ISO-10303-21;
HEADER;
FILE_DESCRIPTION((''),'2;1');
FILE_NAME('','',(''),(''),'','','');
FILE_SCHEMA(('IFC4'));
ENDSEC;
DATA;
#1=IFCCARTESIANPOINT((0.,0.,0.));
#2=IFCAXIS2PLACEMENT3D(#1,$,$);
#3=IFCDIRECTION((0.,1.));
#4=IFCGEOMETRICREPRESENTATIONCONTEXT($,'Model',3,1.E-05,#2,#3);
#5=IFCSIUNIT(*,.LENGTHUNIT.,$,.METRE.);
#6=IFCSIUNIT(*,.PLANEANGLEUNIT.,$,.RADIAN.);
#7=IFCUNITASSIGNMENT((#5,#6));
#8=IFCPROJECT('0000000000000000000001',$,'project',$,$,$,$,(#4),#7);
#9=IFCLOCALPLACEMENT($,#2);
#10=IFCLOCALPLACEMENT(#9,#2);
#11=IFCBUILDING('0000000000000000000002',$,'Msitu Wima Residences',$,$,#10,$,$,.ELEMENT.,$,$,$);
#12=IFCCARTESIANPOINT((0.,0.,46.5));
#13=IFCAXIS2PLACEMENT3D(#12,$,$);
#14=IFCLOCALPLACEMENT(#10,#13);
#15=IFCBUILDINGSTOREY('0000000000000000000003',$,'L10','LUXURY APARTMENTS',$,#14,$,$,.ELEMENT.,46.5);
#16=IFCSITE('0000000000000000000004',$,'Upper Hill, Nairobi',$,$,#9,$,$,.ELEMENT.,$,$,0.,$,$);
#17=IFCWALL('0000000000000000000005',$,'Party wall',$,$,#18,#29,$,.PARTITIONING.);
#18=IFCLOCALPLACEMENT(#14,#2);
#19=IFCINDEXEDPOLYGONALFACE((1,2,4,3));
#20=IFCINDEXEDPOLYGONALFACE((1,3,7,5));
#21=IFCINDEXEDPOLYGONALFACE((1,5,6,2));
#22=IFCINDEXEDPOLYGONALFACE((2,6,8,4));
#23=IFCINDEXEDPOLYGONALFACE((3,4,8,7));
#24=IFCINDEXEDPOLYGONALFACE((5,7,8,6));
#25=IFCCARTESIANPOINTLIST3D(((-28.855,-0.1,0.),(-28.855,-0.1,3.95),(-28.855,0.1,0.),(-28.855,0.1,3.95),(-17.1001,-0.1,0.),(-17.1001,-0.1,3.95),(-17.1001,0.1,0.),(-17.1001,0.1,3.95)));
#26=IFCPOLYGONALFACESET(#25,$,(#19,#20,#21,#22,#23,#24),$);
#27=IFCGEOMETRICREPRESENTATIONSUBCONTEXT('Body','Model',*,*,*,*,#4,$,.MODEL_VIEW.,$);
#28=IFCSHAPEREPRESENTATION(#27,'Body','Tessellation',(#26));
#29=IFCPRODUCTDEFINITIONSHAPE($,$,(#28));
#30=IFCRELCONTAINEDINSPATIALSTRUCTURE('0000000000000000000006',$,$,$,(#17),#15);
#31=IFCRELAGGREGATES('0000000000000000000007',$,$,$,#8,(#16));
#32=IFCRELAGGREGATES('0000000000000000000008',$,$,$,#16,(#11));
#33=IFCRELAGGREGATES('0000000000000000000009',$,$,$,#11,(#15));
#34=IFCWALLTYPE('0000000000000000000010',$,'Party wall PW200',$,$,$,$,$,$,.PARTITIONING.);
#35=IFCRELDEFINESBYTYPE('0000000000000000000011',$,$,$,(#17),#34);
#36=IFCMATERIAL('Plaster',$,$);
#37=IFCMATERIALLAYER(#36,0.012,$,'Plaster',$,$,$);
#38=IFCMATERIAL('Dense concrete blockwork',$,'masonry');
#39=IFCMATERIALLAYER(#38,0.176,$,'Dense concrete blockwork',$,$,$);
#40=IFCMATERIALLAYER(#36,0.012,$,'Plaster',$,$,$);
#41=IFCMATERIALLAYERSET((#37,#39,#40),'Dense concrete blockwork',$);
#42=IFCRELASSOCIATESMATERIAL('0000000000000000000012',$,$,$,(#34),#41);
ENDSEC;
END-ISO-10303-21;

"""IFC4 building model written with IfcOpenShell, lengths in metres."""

from ifc_helpers import new_model, si_unit, direction, frame, frame_2d, origin, place, context, subcontext, project, spatial, rectangle, extrude, material, layer, layer_set, type_object, element, save


model = new_model("IFC4")

# Units and contexts
model_context = context("Model", 3, precision=1e-05, world=origin(), true_north=direction((0.0, 1.0)))
body_context = subcontext(model_context, "Body", "Model", "MODEL_VIEW")
ifc_project = project(units=[si_unit("LENGTHUNIT", "METRE"), si_unit("PLANEANGLEUNIT", "RADIAN")], contexts=[model_context])

# Site, building, storey
site_placement = place(None, origin())
site = spatial("IfcSite", under=ifc_project, at=site_placement, Name="Upper Hill, Nairobi", CompositionType="ELEMENT", RefElevation=0.0)
building_placement = place(site_placement, origin())
building = spatial("IfcBuilding", under=site, at=building_placement, Name="Msitu Wima Residences", CompositionType="ELEMENT")
storey_placement = place(building_placement, frame((0.0, 0.0, 46.5)))
storey = spatial("IfcBuildingStorey", under=building, at=storey_placement, Name="L10", Description="LUXURY APARTMENTS", CompositionType="ELEMENT", Elevation=46.5)

# Shared definitions
ifc_material_1 = material(Name="Plaster")

# Wall
ifc_layer_1 = layer(ifc_material_1, 0.012, Name="Plaster")
ifc_material_2 = material(Name="Dense concrete blockwork", Category="masonry")
ifc_layer_2 = layer(ifc_material_2, 0.176, Name="Dense concrete blockwork")
ifc_layer_3 = layer(ifc_material_1, 0.012, Name="Plaster")
ifc_layer_set_1 = layer_set([ifc_layer_1, ifc_layer_2, ifc_layer_3], Name="Dense concrete blockwork")
wall_type_1 = type_object("IfcWallType", Name="Party wall PW200", PredefinedType="PARTITIONING", material=ifc_layer_set_1)
wall_1_placement = place(storey_placement, frame((-28.855, 0.0, 0.0), z_axis=(0.0, 0.0, 1.0), x_axis=(1.0, 0.0, 0.0)))
element("IfcWall", 1, at=wall_1_placement, inside=storey, type_object=wall_type_1, Name="Party wall", PredefinedType="PARTITIONING", context=body_context, shape_type="SweptSolid", body=[
    extrude(rectangle(XDim=11.7549, YDim=0.2, at=frame_2d((5.8774, 0.0))), origin(), (0.0, 0.0, 1.0), 3.95),
])

save(model, "model.ifc")
